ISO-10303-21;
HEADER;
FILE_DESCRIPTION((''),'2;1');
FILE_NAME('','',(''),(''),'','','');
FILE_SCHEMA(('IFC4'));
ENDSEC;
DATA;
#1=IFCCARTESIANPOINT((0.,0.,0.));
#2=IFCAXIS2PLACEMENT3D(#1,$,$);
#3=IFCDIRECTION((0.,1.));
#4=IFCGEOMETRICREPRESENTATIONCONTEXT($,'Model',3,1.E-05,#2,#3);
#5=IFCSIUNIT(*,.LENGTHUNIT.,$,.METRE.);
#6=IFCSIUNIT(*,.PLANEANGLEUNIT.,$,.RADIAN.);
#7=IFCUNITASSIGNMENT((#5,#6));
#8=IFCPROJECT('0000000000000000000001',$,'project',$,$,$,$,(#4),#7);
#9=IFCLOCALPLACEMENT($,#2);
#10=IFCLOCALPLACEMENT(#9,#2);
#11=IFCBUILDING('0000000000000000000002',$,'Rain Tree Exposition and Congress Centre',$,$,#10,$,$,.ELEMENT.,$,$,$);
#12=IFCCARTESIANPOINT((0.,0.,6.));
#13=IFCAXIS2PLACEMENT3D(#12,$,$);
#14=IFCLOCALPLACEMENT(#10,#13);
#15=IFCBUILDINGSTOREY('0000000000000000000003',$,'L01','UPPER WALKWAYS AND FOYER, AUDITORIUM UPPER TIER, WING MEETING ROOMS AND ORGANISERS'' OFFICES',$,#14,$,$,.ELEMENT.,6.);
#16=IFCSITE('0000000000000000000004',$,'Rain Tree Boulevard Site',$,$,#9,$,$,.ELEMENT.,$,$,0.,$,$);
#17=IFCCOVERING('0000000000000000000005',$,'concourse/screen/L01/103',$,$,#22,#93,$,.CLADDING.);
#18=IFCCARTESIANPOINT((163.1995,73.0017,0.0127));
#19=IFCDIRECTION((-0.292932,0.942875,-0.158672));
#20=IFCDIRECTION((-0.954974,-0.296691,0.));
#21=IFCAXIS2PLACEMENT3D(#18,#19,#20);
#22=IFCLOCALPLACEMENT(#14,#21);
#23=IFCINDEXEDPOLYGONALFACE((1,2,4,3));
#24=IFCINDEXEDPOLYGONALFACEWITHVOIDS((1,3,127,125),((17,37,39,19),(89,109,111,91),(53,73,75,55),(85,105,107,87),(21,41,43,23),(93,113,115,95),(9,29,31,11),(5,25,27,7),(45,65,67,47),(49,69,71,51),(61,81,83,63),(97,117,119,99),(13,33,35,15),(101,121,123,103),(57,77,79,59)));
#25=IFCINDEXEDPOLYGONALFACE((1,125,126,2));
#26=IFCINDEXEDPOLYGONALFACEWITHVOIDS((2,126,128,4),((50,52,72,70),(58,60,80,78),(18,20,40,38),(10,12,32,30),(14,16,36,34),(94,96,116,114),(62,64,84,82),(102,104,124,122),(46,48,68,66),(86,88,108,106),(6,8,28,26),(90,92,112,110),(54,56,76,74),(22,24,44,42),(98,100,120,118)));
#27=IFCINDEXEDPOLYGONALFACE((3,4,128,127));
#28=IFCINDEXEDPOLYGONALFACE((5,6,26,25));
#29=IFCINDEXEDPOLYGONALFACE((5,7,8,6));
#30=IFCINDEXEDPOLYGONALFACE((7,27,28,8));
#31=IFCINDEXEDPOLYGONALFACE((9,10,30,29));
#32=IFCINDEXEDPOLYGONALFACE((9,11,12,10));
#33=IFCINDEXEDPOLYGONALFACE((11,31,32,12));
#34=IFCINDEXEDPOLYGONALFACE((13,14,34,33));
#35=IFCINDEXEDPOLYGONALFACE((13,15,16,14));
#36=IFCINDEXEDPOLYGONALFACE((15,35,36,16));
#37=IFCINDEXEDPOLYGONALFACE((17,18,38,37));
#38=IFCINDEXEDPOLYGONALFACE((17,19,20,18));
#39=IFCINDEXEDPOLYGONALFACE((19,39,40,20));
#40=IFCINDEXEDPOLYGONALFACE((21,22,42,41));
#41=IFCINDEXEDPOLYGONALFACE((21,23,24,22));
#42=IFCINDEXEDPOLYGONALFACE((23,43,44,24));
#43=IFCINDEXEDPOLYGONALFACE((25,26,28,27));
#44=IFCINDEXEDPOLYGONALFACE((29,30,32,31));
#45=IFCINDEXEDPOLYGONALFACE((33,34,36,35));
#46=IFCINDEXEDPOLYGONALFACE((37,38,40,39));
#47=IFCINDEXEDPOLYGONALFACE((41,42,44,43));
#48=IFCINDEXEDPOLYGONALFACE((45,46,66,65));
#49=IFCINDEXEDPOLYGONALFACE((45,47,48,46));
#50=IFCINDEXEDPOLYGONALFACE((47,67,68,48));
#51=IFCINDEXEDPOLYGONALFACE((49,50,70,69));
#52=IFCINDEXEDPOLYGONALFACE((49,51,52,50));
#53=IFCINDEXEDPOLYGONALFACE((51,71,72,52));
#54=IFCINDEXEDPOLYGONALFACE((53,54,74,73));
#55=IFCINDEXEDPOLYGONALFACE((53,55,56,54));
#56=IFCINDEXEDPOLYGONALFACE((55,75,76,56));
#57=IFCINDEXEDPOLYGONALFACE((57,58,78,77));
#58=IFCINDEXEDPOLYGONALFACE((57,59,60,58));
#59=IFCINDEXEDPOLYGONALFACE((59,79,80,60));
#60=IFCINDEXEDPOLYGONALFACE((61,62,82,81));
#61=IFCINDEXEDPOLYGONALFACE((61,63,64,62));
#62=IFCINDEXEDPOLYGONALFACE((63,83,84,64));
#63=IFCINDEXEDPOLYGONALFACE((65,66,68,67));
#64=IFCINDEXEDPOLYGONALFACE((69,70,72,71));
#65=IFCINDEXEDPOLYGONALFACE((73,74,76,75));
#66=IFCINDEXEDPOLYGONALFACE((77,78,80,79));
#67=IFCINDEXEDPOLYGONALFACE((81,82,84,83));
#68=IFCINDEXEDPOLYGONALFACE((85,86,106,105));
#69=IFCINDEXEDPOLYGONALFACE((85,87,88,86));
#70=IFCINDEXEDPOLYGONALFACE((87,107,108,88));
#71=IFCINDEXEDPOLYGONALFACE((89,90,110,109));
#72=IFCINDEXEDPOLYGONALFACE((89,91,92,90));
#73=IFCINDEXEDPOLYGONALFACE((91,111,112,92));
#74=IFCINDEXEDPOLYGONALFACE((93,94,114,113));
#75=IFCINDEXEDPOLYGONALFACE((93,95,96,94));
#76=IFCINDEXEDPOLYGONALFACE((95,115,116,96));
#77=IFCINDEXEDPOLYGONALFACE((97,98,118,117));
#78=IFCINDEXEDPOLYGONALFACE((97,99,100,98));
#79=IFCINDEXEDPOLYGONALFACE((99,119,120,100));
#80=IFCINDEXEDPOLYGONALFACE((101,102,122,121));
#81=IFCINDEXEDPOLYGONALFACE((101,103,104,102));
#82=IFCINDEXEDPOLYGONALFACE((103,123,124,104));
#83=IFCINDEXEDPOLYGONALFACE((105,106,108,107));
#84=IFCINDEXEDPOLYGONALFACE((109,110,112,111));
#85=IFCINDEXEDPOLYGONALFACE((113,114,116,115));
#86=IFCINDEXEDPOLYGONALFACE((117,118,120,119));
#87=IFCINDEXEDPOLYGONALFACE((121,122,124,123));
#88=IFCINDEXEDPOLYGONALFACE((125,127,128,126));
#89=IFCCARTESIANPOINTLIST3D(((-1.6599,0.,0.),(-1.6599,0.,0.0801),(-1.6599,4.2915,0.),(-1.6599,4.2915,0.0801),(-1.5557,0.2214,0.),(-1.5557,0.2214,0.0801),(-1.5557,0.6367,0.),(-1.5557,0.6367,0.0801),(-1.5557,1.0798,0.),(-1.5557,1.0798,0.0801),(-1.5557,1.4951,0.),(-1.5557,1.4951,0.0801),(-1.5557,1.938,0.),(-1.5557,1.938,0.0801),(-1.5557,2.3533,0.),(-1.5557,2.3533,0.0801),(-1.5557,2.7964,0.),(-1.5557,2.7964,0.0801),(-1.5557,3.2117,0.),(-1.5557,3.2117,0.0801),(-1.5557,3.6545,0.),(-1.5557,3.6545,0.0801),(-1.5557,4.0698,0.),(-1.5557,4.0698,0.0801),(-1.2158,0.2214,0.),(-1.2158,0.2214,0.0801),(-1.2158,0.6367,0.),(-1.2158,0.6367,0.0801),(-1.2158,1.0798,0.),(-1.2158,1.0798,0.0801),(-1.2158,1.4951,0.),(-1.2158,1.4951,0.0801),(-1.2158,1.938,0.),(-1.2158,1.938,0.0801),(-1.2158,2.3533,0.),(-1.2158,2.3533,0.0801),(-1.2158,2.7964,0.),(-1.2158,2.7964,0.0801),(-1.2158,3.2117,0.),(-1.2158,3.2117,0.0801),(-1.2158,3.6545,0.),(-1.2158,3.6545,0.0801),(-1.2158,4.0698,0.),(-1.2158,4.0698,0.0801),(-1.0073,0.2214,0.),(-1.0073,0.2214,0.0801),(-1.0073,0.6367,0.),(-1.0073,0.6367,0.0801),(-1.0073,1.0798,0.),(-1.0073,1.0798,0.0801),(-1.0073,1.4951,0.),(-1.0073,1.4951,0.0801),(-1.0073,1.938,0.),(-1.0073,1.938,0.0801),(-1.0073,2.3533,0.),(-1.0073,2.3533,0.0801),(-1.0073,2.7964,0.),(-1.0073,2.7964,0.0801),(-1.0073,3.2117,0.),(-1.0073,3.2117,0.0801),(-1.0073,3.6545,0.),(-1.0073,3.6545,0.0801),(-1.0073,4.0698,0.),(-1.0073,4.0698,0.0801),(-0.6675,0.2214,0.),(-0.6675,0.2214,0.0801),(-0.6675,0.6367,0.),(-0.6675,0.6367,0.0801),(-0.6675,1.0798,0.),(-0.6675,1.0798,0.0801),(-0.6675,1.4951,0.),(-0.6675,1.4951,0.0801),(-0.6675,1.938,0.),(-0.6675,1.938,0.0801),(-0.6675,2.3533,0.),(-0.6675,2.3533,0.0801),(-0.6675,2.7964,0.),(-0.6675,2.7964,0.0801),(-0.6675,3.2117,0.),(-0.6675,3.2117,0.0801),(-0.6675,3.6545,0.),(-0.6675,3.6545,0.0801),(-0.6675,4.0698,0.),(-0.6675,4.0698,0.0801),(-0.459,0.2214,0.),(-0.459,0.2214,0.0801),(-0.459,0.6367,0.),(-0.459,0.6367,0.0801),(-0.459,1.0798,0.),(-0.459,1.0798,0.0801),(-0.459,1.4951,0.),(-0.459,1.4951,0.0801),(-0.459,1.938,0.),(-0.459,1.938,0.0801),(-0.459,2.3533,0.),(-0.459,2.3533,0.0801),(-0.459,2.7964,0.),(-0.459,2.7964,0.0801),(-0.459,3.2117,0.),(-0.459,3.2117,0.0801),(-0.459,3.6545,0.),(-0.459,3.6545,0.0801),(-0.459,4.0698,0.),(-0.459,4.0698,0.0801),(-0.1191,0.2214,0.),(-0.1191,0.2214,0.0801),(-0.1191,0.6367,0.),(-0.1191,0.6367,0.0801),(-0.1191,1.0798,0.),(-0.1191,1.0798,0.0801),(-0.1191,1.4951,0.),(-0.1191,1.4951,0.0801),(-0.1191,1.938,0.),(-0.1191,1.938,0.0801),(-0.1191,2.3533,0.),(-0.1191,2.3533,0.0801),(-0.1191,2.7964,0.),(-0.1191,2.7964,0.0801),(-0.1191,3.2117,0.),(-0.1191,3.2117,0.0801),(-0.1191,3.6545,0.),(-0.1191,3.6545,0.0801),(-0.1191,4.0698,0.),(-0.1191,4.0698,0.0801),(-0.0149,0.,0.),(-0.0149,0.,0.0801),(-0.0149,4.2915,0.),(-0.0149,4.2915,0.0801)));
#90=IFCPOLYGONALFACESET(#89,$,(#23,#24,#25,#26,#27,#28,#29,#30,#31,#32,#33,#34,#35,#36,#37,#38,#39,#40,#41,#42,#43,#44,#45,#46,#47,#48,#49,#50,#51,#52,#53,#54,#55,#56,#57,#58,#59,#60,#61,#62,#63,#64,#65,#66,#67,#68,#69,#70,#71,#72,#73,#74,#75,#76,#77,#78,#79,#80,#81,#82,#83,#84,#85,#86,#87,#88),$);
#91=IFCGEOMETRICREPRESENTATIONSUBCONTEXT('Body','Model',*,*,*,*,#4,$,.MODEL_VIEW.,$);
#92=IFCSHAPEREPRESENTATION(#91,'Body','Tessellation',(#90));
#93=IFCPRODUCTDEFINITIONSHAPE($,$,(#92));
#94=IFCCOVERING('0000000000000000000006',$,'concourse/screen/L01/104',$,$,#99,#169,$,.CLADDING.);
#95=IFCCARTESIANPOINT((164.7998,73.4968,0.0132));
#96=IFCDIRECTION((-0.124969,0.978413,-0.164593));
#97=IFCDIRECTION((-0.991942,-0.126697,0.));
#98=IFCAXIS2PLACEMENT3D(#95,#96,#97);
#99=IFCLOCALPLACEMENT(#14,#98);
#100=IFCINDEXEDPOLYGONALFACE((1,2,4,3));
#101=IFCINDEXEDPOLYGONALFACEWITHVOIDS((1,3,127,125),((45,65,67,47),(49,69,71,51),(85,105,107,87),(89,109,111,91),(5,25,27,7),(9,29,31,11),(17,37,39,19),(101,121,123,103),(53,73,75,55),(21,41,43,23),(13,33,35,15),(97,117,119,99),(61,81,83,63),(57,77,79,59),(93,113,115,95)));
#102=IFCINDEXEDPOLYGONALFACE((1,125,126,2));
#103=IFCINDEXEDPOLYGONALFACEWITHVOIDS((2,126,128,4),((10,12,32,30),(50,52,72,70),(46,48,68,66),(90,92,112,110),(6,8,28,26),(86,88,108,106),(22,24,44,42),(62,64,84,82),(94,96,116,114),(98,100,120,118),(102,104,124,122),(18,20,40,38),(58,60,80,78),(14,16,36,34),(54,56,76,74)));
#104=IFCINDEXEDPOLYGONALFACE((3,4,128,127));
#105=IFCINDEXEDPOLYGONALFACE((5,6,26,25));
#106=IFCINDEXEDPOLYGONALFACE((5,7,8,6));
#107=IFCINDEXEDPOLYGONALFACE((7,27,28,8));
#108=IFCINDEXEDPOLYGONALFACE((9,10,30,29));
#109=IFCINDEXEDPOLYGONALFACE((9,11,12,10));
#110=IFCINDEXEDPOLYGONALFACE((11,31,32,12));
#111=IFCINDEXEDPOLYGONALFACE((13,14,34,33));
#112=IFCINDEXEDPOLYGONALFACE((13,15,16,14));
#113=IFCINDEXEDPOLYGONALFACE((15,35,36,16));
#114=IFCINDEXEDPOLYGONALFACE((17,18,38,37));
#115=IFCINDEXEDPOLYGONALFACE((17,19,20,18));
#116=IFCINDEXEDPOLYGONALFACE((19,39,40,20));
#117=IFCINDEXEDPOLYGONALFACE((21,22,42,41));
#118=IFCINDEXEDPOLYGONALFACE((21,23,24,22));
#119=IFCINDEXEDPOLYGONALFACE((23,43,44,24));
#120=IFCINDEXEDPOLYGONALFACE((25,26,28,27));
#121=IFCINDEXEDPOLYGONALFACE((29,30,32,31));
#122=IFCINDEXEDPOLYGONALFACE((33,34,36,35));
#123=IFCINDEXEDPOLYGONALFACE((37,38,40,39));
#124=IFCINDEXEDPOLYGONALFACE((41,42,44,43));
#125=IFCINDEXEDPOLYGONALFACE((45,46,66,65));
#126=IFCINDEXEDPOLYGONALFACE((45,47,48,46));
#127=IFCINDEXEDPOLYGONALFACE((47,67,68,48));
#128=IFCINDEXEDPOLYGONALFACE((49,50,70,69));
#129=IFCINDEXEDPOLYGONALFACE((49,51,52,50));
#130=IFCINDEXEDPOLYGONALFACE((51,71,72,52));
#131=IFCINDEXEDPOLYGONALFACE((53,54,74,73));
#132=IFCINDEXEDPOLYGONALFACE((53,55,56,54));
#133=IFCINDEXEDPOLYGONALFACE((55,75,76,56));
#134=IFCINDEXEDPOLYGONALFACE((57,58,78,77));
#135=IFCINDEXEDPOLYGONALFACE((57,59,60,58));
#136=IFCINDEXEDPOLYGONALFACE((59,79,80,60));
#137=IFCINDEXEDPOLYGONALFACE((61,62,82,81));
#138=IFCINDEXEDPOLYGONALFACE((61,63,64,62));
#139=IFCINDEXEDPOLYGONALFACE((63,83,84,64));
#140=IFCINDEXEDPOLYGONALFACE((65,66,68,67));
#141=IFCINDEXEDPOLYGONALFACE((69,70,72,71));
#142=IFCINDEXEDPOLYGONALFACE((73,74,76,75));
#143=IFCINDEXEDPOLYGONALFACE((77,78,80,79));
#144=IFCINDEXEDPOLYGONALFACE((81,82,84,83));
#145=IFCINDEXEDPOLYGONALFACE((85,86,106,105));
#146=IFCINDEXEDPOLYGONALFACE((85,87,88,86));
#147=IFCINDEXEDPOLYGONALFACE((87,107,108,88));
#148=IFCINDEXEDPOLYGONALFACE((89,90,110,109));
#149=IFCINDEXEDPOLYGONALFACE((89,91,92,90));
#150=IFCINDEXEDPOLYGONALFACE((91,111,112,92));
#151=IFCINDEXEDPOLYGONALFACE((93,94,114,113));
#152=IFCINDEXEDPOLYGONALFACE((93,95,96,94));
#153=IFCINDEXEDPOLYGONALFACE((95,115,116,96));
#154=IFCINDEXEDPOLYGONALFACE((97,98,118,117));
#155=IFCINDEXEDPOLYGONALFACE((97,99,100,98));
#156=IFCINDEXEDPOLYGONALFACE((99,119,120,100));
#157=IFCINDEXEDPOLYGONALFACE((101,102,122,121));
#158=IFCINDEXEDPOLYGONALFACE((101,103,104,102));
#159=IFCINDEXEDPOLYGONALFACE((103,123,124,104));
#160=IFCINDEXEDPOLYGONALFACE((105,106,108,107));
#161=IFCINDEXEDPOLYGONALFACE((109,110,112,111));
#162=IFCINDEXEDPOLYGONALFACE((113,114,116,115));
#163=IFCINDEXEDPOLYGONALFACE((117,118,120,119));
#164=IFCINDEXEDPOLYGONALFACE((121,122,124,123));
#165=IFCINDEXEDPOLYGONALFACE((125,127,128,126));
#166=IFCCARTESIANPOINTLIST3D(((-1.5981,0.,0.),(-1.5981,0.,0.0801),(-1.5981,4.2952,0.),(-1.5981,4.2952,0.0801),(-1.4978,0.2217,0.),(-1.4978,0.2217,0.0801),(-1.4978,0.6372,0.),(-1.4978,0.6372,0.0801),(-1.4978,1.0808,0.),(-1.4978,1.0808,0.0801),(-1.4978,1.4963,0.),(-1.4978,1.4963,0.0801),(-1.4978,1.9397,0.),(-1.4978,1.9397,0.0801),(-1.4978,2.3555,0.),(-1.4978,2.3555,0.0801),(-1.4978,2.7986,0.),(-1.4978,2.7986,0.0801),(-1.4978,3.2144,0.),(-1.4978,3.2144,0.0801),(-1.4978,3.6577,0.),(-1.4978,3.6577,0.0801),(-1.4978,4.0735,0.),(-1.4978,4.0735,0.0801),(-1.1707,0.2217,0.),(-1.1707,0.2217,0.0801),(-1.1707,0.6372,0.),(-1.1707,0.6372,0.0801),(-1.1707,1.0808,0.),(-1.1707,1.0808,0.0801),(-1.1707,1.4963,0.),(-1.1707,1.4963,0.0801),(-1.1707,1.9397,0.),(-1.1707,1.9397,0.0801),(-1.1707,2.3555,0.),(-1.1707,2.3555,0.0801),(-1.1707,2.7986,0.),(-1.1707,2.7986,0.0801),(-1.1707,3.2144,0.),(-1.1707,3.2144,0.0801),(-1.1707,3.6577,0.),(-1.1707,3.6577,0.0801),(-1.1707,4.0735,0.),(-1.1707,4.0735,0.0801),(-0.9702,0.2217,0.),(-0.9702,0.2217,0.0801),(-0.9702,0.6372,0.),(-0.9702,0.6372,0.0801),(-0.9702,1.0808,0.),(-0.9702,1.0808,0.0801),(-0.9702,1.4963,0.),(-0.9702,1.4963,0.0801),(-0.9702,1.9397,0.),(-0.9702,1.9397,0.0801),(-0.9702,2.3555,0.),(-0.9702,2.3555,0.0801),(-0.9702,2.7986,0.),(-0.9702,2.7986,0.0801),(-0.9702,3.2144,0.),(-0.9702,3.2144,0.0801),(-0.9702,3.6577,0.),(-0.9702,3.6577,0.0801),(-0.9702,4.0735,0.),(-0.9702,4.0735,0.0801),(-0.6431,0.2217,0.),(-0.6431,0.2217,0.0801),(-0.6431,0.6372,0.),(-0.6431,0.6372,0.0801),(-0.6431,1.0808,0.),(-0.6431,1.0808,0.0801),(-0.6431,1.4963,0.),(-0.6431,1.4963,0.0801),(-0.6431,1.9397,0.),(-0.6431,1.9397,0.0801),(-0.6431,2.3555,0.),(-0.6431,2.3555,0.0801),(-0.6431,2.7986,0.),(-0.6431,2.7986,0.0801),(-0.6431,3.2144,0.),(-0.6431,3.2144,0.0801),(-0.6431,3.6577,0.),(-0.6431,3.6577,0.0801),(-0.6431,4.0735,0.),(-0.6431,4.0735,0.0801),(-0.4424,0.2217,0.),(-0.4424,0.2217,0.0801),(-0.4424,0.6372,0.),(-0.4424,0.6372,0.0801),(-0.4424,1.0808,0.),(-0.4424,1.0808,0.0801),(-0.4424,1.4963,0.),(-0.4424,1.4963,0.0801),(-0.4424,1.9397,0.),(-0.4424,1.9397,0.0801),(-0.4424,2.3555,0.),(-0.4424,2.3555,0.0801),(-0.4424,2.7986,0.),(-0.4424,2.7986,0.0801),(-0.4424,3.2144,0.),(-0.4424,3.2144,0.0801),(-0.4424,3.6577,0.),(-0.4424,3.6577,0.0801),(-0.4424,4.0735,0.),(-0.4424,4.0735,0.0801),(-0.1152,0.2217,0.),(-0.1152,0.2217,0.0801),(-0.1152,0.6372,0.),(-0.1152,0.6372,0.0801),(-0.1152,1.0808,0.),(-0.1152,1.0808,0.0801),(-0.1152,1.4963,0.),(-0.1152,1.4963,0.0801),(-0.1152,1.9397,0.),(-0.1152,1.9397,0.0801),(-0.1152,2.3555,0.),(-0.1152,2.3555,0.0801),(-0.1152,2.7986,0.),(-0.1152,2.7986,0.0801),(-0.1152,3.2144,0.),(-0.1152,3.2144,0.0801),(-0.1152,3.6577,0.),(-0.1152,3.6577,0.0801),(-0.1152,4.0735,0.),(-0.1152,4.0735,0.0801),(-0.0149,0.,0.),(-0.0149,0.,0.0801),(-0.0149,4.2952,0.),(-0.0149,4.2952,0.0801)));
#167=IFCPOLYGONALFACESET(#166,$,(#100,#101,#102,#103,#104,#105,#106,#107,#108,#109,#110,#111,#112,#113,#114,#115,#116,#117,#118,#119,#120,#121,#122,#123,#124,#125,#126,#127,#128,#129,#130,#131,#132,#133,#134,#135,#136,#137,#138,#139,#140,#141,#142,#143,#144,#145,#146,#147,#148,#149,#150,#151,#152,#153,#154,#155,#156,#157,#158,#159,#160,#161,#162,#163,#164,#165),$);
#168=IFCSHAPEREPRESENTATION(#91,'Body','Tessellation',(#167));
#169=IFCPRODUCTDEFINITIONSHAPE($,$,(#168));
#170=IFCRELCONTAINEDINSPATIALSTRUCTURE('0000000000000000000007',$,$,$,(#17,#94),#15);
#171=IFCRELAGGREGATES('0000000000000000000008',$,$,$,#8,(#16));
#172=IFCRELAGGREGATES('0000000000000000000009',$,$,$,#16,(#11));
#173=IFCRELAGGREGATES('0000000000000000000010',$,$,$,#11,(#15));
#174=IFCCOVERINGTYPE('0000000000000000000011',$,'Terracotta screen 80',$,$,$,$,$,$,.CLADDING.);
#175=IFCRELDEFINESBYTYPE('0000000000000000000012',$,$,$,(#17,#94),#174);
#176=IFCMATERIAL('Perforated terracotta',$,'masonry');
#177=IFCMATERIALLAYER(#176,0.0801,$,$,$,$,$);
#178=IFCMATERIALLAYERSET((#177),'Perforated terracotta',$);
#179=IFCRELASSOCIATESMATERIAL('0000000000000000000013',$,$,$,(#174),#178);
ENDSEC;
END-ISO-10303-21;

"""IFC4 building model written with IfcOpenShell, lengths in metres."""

from ifc_helpers import new_model, si_unit, direction, frame, origin, place, context, subcontext, project, spatial, polyline, outline, extrude, material, layer, layer_set, type_object, element, save


model = new_model("IFC4")

# Units and contexts
model_context = context("Model", 3, precision=1e-05, world=origin(), true_north=direction((0.0, 1.0)))
body_context = subcontext(model_context, "Body", "Model", "MODEL_VIEW")
ifc_project = project(units=[si_unit("LENGTHUNIT", "METRE"), si_unit("PLANEANGLEUNIT", "RADIAN")], contexts=[model_context])

# Site, building, storey
site_placement = place(None, origin())
site = spatial("IfcSite", under=ifc_project, at=site_placement, Name="Rain Tree Boulevard Site", CompositionType="ELEMENT", RefElevation=0.0)
building_placement = place(site_placement, origin())
building = spatial("IfcBuilding", under=site, at=building_placement, Name="Rain Tree Exposition and Congress Centre", CompositionType="ELEMENT")
storey_placement = place(building_placement, frame((0.0, 0.0, 6.0)))
storey = spatial("IfcBuildingStorey", under=building, at=storey_placement, Name="L01", Description="UPPER WALKWAYS AND FOYER, AUDITORIUM UPPER TIER, WING MEETING ROOMS AND ORGANISERS' OFFICES", CompositionType="ELEMENT", Elevation=6.0)

# Coverings
ifc_material_1 = material(Name="Perforated terracotta", Category="masonry")
ifc_layer_1 = layer(ifc_material_1, 0.0801)
ifc_layer_set_1 = layer_set([ifc_layer_1], Name="Perforated terracotta")
covering_type = type_object("IfcCoveringType", Name="Terracotta screen 80", PredefinedType="CLADDING", material=ifc_layer_set_1)
covering_1_placement = place(storey_placement, frame((163.1995, 73.0017, 0.0127), z_axis=(-0.292932, 0.942875, -0.158672), x_axis=(-0.954974, -0.296691, 0.0)))
element("IfcCovering", 1, at=covering_1_placement, inside=storey, type_object=covering_type, Name="concourse/screen/L01/103", PredefinedType="CLADDING", context=body_context, shape_type="SweptSolid", body=[
    extrude(outline(polyline([(-1.6599, 0.0), (-1.6599, 4.2915), (-0.0149, 4.2915), (-0.0149, 0.0), (-1.6599, 0.0)]), holes=[polyline([(-0.1191, 0.2214), (-0.1191, 0.6367), (-0.459, 0.6367), (-0.459, 0.2214), (-0.1191, 0.2214)]), polyline([(-0.1191, 1.0798), (-0.1191, 1.4951), (-0.459, 1.4951), (-0.459, 1.0798), (-0.1191, 1.0798)]), polyline([(-0.1191, 1.938), (-0.1191, 2.3533), (-0.459, 2.3533), (-0.459, 1.938), (-0.1191, 1.938)]), polyline([(-0.1191, 2.7964), (-0.1191, 3.2117), (-0.459, 3.2117), (-0.459, 2.7964), (-0.1191, 2.7964)]), polyline([(-0.1191, 3.6545), (-0.1191, 4.0698), (-0.459, 4.0698), (-0.459, 3.6545), (-0.1191, 3.6545)]), polyline([(-0.6675, 0.2214), (-0.6675, 0.6367), (-1.0073, 0.6367), (-1.0073, 0.2214), (-0.6675, 0.2214)]), polyline([(-0.6675, 1.0798), (-0.6675, 1.4951), (-1.0073, 1.4951), (-1.0073, 1.0798), (-0.6675, 1.0798)]), polyline([(-0.6675, 1.938), (-0.6675, 2.3533), (-1.0073, 2.3533), (-1.0073, 1.938), (-0.6675, 1.938)]), polyline([(-0.6675, 2.7964), (-0.6675, 3.2117), (-1.0073, 3.2117), (-1.0073, 2.7964), (-0.6675, 2.7964)]), polyline([(-0.6675, 3.6545), (-0.6675, 4.0698), (-1.0073, 4.0698), (-1.0073, 3.6545), (-0.6675, 3.6545)]), polyline([(-1.2158, 0.2214), (-1.2158, 0.6367), (-1.5557, 0.6367), (-1.5557, 0.2214), (-1.2158, 0.2214)]), polyline([(-1.2158, 1.0798), (-1.2158, 1.4951), (-1.5557, 1.4951), (-1.5557, 1.0798), (-1.2158, 1.0798)]), polyline([(-1.2158, 1.938), (-1.2158, 2.3533), (-1.5557, 2.3533), (-1.5557, 1.938), (-1.2158, 1.938)]), polyline([(-1.2158, 2.7964), (-1.2158, 3.2117), (-1.5557, 3.2117), (-1.5557, 2.7964), (-1.2158, 2.7964)]), polyline([(-1.2158, 3.6545), (-1.2158, 4.0698), (-1.5557, 4.0698), (-1.5557, 3.6545), (-1.2158, 3.6545)])]), origin(), (0.0, 0.0, 1.0), 0.0801),
])
covering_2_placement = place(storey_placement, frame((164.7998, 73.4968, 0.0132), z_axis=(-0.124969, 0.978413, -0.164593), x_axis=(-0.991942, -0.126697, 0.0)))
element("IfcCovering", 2, at=covering_2_placement, inside=storey, type_object=covering_type, Name="concourse/screen/L01/104", PredefinedType="CLADDING", context=body_context, shape_type="SweptSolid", body=[
    extrude(outline(polyline([(-1.5981, 0.0), (-1.5981, 4.2952), (-0.0149, 4.2952), (-0.0149, 0.0), (-1.5981, 0.0)]), holes=[polyline([(-0.1152, 0.2217), (-0.1152, 0.6372), (-0.4424, 0.6372), (-0.4424, 0.2217), (-0.1152, 0.2217)]), polyline([(-0.1152, 1.0808), (-0.1152, 1.4963), (-0.4424, 1.4963), (-0.4424, 1.0808), (-0.1152, 1.0808)]), polyline([(-0.1152, 1.9397), (-0.1152, 2.3555), (-0.4424, 2.3555), (-0.4424, 1.9397), (-0.1152, 1.9397)]), polyline([(-0.1152, 2.7986), (-0.1152, 3.2144), (-0.4424, 3.2144), (-0.4424, 2.7986), (-0.1152, 2.7986)]), polyline([(-0.1152, 3.6577), (-0.1152, 4.0735), (-0.4424, 4.0735), (-0.4424, 3.6577), (-0.1152, 3.6577)]), polyline([(-0.6431, 0.2217), (-0.6431, 0.6372), (-0.9702, 0.6372), (-0.9702, 0.2217), (-0.6431, 0.2217)]), polyline([(-0.6431, 1.0808), (-0.6431, 1.4963), (-0.9702, 1.4963), (-0.9702, 1.0808), (-0.6431, 1.0808)]), polyline([(-0.6431, 1.9397), (-0.6431, 2.3555), (-0.9702, 2.3555), (-0.9702, 1.9397), (-0.6431, 1.9397)]), polyline([(-0.6431, 2.7986), (-0.6431, 3.2144), (-0.9702, 3.2144), (-0.9702, 2.7986), (-0.6431, 2.7986)]), polyline([(-0.6431, 3.6577), (-0.6431, 4.0735), (-0.9702, 4.0735), (-0.9702, 3.6577), (-0.6431, 3.6577)]), polyline([(-1.1707, 0.2217), (-1.1707, 0.6372), (-1.4978, 0.6372), (-1.4978, 0.2217), (-1.1707, 0.2217)]), polyline([(-1.1707, 1.0808), (-1.1707, 1.4963), (-1.4978, 1.4963), (-1.4978, 1.0808), (-1.1707, 1.0808)]), polyline([(-1.1707, 1.9397), (-1.1707, 2.3555), (-1.4978, 2.3555), (-1.4978, 1.9397), (-1.1707, 1.9397)]), polyline([(-1.1707, 2.7986), (-1.1707, 3.2144), (-1.4978, 3.2144), (-1.4978, 2.7986), (-1.1707, 2.7986)]), polyline([(-1.1707, 3.6577), (-1.1707, 4.0735), (-1.4978, 4.0735), (-1.4978, 3.6577), (-1.1707, 3.6577)])]), origin(), (0.0, 0.0, 1.0), 0.0801),
])

save(model, "model.ifc")
